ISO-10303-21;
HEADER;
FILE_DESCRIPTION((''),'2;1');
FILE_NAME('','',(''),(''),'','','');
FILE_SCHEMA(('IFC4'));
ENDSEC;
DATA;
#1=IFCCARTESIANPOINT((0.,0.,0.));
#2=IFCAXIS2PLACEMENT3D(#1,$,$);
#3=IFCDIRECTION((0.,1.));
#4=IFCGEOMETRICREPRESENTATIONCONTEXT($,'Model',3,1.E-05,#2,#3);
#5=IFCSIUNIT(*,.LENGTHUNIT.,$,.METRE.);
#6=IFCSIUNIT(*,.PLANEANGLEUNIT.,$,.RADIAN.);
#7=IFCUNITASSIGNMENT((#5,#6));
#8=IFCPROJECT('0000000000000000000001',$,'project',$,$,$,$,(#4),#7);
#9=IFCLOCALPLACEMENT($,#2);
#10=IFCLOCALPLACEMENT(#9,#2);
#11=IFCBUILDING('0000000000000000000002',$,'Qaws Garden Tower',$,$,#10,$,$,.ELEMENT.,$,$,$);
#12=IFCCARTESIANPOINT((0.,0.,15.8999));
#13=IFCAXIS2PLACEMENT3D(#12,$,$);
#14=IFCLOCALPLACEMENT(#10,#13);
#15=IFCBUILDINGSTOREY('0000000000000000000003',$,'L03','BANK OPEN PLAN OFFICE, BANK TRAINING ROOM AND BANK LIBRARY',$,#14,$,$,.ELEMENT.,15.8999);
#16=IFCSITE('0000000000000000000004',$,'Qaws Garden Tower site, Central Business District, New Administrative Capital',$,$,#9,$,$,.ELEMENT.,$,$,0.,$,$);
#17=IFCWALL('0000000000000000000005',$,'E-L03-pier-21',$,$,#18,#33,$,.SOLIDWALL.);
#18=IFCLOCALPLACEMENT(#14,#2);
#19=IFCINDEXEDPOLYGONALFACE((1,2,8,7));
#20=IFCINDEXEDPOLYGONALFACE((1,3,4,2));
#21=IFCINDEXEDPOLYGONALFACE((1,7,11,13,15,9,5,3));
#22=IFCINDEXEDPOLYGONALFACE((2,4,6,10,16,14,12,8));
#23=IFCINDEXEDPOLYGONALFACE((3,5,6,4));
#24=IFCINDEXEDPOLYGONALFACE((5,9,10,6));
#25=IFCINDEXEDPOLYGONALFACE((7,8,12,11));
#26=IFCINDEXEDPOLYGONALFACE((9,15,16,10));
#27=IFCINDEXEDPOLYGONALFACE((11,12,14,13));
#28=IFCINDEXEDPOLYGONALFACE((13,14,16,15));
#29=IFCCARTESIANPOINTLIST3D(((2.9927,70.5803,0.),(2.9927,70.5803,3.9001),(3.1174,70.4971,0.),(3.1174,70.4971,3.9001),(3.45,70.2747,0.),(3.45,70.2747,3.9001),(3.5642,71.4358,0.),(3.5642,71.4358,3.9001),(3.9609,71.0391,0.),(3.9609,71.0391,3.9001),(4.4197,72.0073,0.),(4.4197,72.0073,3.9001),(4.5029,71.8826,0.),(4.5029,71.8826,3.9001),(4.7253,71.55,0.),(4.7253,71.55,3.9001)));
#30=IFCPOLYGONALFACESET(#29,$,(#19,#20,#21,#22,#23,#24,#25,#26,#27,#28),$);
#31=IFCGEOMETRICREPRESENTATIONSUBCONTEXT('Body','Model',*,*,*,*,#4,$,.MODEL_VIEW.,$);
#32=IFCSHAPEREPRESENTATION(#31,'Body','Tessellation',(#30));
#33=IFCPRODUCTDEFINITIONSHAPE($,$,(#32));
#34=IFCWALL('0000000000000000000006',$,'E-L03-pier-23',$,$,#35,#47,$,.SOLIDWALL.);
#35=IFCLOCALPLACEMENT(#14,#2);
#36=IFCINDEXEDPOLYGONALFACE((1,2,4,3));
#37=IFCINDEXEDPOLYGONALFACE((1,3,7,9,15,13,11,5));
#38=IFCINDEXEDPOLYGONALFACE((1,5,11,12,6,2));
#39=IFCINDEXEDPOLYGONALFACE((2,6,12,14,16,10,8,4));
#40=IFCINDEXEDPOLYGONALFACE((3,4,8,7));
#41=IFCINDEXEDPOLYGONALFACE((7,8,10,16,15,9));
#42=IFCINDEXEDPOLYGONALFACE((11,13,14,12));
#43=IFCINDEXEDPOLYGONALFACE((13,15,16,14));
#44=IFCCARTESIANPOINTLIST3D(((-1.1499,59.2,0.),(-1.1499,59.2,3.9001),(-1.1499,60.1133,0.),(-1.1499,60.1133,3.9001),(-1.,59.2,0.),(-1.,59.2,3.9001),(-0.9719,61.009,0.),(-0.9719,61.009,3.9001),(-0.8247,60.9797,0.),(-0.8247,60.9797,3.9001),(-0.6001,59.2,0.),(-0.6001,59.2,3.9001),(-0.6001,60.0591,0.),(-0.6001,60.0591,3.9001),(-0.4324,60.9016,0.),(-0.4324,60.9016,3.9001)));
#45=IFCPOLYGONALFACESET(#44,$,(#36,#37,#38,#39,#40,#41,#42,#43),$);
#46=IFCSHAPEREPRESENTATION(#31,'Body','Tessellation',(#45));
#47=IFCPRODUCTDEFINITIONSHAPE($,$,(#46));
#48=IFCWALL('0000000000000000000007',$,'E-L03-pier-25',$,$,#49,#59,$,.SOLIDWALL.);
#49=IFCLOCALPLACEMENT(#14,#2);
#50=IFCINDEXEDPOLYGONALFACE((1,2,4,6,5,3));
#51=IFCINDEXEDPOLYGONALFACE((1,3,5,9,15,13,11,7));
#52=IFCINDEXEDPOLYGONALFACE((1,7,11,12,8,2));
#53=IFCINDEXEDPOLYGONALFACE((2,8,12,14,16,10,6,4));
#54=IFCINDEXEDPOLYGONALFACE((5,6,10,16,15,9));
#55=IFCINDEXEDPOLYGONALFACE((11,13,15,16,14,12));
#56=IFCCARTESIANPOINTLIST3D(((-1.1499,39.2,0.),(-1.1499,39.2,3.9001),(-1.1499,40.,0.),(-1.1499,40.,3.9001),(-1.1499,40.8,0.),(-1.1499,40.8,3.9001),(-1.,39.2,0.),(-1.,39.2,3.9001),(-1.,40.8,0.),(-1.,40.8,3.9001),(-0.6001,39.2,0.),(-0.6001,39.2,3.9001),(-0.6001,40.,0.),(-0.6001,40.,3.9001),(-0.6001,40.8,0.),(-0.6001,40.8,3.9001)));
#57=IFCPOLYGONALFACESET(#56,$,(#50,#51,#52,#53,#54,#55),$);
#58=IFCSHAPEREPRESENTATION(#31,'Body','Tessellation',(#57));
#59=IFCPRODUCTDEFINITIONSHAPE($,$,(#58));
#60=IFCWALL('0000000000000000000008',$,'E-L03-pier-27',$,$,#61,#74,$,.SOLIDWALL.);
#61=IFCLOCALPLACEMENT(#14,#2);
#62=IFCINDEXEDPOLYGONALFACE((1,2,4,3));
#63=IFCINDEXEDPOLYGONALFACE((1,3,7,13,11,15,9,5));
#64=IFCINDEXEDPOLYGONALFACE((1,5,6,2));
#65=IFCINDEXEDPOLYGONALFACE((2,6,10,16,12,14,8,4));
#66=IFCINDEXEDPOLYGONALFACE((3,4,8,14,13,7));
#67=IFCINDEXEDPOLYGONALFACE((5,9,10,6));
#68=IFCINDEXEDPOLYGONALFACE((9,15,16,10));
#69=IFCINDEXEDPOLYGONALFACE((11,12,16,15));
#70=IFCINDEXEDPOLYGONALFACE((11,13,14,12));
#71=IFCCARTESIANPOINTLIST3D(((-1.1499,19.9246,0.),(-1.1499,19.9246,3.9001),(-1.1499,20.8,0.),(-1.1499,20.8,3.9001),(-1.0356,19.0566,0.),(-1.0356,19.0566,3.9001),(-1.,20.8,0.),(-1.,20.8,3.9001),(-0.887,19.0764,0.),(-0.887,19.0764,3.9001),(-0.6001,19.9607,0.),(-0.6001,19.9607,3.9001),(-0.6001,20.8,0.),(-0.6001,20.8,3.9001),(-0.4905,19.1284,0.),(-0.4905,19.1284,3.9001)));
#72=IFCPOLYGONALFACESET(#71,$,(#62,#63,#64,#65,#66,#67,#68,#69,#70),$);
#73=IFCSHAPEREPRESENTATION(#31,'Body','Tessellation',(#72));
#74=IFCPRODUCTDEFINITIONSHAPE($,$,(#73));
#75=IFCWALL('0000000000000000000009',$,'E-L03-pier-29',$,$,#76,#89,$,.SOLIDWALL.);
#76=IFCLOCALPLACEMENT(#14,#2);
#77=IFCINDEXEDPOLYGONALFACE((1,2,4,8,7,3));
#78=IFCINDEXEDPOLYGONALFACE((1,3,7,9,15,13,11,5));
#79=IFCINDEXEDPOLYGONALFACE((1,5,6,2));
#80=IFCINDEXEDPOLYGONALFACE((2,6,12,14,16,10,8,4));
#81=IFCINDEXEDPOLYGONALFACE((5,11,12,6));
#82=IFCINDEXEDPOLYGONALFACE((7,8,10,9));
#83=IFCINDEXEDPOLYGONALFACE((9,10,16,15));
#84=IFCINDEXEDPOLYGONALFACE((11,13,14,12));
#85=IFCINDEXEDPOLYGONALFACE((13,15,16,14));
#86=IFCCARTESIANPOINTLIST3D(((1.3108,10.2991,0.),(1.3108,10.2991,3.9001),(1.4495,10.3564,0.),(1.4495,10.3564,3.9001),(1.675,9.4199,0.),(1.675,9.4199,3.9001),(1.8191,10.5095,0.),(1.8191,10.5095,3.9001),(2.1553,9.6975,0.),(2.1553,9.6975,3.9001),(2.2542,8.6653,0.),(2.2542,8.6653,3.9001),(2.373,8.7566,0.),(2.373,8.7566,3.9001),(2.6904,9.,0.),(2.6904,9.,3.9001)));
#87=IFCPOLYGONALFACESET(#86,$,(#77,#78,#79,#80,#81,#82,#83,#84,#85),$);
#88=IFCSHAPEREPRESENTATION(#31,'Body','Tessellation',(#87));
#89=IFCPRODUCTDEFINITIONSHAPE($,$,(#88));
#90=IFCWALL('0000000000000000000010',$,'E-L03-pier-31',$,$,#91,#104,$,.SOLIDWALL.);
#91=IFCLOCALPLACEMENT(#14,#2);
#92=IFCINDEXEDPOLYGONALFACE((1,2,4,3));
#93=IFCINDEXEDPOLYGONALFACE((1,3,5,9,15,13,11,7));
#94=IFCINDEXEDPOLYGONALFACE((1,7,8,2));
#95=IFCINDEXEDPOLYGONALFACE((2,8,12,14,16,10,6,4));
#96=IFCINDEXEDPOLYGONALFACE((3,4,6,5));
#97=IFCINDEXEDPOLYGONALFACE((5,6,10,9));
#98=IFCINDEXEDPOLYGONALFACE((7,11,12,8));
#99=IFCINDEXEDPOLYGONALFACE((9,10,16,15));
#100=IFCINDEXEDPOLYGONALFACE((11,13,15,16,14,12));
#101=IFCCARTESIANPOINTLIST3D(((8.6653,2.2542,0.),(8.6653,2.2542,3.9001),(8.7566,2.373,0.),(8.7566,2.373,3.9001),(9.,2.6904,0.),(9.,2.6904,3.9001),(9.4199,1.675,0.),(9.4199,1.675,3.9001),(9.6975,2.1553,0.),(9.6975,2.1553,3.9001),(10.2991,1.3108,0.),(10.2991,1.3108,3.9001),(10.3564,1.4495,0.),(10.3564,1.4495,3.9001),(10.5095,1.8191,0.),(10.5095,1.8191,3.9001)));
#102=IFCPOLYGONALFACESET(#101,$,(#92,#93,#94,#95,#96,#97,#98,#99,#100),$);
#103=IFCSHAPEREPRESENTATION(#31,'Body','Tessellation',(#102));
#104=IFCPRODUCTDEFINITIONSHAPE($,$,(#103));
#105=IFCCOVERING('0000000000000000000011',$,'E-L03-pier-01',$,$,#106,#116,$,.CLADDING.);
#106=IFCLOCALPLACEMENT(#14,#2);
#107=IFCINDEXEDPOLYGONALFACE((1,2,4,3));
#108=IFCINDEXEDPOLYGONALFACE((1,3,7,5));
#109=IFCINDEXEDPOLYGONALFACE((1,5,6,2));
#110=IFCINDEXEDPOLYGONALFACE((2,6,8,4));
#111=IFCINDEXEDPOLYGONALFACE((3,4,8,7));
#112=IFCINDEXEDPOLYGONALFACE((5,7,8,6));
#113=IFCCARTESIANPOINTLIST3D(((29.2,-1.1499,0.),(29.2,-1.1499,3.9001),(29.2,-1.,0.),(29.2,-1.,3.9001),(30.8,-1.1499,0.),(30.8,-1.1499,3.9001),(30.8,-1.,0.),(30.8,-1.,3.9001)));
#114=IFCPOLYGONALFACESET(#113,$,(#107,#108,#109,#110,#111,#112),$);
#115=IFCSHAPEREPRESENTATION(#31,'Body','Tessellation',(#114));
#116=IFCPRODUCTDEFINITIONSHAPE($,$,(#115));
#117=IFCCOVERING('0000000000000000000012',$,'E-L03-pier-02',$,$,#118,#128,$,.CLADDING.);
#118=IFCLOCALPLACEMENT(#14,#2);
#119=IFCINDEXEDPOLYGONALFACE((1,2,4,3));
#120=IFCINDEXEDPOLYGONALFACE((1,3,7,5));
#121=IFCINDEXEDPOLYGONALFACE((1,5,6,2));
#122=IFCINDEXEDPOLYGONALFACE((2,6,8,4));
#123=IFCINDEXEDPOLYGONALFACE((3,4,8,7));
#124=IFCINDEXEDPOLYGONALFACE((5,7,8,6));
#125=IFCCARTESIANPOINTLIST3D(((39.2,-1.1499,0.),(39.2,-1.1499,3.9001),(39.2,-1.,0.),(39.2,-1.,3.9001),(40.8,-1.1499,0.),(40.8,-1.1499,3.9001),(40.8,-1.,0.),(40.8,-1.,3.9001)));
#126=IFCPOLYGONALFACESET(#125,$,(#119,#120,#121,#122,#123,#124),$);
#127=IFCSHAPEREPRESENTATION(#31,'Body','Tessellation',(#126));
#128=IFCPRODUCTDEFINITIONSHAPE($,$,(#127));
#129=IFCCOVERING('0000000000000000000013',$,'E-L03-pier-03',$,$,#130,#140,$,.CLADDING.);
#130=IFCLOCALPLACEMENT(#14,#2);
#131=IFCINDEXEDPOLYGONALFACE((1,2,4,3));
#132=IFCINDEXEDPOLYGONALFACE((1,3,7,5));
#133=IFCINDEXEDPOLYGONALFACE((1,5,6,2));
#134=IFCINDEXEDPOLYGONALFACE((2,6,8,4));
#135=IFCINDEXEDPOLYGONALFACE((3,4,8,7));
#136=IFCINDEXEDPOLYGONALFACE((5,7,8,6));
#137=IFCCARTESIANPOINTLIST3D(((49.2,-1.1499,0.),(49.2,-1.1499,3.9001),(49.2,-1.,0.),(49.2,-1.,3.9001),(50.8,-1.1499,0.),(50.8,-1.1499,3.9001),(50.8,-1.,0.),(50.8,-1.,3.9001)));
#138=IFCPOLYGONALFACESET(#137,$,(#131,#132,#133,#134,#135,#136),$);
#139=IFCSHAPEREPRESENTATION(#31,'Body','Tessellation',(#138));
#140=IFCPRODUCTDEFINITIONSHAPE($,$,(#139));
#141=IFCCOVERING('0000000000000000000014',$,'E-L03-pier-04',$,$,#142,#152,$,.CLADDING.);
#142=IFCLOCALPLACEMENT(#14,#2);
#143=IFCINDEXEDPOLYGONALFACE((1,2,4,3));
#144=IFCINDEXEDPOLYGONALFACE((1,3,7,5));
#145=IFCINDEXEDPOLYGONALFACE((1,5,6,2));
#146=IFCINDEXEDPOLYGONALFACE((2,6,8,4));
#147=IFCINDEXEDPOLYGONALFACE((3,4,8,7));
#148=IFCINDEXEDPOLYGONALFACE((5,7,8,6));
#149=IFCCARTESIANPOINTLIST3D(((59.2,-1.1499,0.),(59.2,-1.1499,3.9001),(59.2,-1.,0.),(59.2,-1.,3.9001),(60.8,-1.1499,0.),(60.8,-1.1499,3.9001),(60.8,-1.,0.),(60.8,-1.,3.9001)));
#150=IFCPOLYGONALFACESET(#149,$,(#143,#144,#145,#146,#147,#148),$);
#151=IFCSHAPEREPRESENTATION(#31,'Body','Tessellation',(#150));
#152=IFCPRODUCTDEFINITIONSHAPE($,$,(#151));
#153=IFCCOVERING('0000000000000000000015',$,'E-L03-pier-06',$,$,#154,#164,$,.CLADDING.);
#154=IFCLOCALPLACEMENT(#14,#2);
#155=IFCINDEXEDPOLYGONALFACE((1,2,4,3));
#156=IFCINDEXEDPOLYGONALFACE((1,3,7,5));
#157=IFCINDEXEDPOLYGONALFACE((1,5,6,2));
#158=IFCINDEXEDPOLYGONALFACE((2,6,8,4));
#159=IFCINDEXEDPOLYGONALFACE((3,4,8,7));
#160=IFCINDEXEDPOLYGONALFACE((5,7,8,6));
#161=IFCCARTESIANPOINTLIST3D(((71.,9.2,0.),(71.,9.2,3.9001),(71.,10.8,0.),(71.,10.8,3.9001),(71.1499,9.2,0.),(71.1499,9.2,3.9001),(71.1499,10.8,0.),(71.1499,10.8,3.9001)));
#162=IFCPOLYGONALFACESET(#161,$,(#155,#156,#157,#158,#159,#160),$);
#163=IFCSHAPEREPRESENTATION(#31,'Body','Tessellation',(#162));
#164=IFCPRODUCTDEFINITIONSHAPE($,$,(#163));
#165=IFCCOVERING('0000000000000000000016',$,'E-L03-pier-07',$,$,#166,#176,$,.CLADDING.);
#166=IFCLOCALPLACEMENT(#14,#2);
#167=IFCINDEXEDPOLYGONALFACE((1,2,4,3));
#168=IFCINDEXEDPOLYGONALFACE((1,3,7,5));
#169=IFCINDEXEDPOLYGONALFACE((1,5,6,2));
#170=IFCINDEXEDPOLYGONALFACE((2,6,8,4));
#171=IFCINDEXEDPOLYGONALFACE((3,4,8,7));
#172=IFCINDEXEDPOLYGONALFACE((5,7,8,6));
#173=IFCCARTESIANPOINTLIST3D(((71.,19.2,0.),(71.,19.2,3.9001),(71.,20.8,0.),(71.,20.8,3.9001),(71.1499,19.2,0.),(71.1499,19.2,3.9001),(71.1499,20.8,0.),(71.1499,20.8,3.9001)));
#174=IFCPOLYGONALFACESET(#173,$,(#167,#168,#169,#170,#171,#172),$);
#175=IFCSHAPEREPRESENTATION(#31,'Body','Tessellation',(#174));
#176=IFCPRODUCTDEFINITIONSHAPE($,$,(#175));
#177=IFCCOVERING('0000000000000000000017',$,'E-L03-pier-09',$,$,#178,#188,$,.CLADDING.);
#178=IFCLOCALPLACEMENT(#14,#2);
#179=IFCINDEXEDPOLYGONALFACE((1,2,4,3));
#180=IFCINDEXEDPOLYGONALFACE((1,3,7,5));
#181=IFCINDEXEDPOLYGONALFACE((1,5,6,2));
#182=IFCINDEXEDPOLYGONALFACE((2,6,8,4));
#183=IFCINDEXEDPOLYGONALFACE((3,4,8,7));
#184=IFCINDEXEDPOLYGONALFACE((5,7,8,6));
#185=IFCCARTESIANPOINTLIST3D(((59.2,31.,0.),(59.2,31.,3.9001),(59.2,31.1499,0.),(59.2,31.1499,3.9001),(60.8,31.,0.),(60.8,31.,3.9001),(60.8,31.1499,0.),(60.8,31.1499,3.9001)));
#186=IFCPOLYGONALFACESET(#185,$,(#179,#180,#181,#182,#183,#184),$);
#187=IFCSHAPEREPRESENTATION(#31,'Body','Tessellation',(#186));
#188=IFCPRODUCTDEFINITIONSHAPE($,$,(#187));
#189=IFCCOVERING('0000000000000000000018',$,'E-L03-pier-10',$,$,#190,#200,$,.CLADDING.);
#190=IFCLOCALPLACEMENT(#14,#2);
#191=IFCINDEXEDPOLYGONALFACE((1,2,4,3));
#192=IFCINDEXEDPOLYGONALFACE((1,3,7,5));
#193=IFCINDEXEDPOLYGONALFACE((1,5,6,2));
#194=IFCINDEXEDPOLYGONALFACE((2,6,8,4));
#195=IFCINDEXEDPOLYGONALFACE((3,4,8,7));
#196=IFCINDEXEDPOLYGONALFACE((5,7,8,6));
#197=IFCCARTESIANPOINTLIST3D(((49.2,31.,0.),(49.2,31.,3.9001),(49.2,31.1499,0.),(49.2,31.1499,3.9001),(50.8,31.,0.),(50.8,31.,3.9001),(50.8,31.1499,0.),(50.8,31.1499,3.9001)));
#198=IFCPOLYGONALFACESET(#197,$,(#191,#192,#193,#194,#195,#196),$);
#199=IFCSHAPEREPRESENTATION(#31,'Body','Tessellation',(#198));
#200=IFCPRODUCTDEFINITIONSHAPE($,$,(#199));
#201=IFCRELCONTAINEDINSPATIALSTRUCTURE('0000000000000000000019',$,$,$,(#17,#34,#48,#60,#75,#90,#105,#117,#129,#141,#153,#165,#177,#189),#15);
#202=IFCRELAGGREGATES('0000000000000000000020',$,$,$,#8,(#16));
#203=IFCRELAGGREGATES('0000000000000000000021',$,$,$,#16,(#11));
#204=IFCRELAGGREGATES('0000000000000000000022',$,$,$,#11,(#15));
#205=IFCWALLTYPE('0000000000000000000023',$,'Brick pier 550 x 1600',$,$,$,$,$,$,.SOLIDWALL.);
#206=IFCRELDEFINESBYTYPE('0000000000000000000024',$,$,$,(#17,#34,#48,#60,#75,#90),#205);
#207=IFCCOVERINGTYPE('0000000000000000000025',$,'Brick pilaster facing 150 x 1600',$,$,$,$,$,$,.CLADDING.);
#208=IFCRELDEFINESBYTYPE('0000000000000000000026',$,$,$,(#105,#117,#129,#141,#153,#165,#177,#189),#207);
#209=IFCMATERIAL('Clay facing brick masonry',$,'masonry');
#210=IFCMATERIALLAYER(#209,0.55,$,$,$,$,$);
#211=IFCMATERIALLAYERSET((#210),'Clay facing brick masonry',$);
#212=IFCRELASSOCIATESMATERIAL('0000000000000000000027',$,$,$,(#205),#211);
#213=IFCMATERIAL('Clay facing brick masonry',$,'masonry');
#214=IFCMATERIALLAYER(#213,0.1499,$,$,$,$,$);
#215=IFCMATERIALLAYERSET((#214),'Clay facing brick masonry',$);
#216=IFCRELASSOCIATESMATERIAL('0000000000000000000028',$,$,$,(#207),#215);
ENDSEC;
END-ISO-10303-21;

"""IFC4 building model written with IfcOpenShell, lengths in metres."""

from ifc_helpers import new_model, si_unit, direction, frame, origin, place, context, subcontext, project, spatial, polyline, outline, extrude, material, layer, layer_set, type_object, element, save


model = new_model("IFC4")

# Units and contexts
model_context = context("Model", 3, precision=1e-05, world=origin(), true_north=direction((0.0, 1.0)))
body_context = subcontext(model_context, "Body", "Model", "MODEL_VIEW")
ifc_project = project(units=[si_unit("LENGTHUNIT", "METRE"), si_unit("PLANEANGLEUNIT", "RADIAN")], contexts=[model_context])

# Site, building, storey
site_placement = place(None, origin())
site = spatial("IfcSite", under=ifc_project, at=site_placement, Name="Qaws Garden Tower site, Central Business District, New Administrative Capital", CompositionType="ELEMENT", RefElevation=0.0)
building_placement = place(site_placement, origin())
building = spatial("IfcBuilding", under=site, at=building_placement, Name="Qaws Garden Tower", CompositionType="ELEMENT")
storey_placement = place(building_placement, frame((0.0, 0.0, 15.8999)))
storey = spatial("IfcBuildingStorey", under=building, at=storey_placement, Name="L03", Description="BANK OPEN PLAN OFFICE, BANK TRAINING ROOM AND BANK LIBRARY", CompositionType="ELEMENT", Elevation=15.8999)

# Walls
placement = place(storey_placement, origin())
ifc_material_1 = material(Name="Clay facing brick masonry", Category="masonry")
ifc_layer_1 = layer(ifc_material_1, 0.55)
ifc_layer_set_1 = layer_set([ifc_layer_1], Name="Clay facing brick masonry")
wall_type_1 = type_object("IfcWallType", Name="Brick pier 550 x 1600", PredefinedType="SOLIDWALL", material=ifc_layer_set_1)
element("IfcWall", 1, at=placement, inside=storey, type_object=wall_type_1, Name="E-L03-pier-21", PredefinedType="SOLIDWALL", context=body_context, shape_type="SweptSolid", body=[
    extrude(outline(polyline([(4.5029, 71.8826), (4.4197, 72.0073), (3.5642, 71.4358), (2.9927, 70.5803), (3.1174, 70.4971), (3.45, 70.2747), (3.9609, 71.0391), (4.7253, 71.55), (4.5029, 71.8826)])), origin(), (0.0, 0.0, 1.0), 3.9001),
])
element("IfcWall", 2, at=placement, inside=storey, type_object=wall_type_1, Name="E-L03-pier-23", PredefinedType="SOLIDWALL", context=body_context, shape_type="SweptSolid", body=[
    extrude(outline(polyline([(-0.8247, 60.9797), (-0.9719, 61.009), (-1.1499, 60.1133), (-1.1499, 59.2), (-1.0, 59.2), (-0.6001, 59.2), (-0.6001, 60.0591), (-0.4324, 60.9016), (-0.8247, 60.9797)])), origin(), (0.0, 0.0, 1.0), 3.9001),
])
element("IfcWall", 3, at=placement, inside=storey, type_object=wall_type_1, Name="E-L03-pier-25", PredefinedType="SOLIDWALL", context=body_context, shape_type="SweptSolid", body=[
    extrude(outline(polyline([(-1.0, 40.8), (-1.1499, 40.8), (-1.1499, 40.0), (-1.1499, 39.2), (-1.0, 39.2), (-0.6001, 39.2), (-0.6001, 40.0), (-0.6001, 40.8), (-1.0, 40.8)])), origin(), (0.0, 0.0, 1.0), 3.9001),
])
element("IfcWall", 4, at=placement, inside=storey, type_object=wall_type_1, Name="E-L03-pier-27", PredefinedType="SOLIDWALL", context=body_context, shape_type="SweptSolid", body=[
    extrude(outline(polyline([(-1.0, 20.8), (-1.1499, 20.8), (-1.1499, 19.9246), (-1.0356, 19.0566), (-0.887, 19.0764), (-0.4905, 19.1284), (-0.6001, 19.9607), (-0.6001, 20.8), (-1.0, 20.8)])), origin(), (0.0, 0.0, 1.0), 3.9001),
])
element("IfcWall", 5, at=placement, inside=storey, type_object=wall_type_1, Name="E-L03-pier-29", PredefinedType="SOLIDWALL", context=body_context, shape_type="SweptSolid", body=[
    extrude(outline(polyline([(1.4495, 10.3564), (1.3108, 10.2991), (1.675, 9.4199), (2.2542, 8.6653), (2.373, 8.7566), (2.6904, 9.0), (2.1553, 9.6975), (1.8191, 10.5095), (1.4495, 10.3564)])), origin(), (0.0, 0.0, 1.0), 3.9001),
])
element("IfcWall", 6, at=placement, inside=storey, type_object=wall_type_1, Name="E-L03-pier-31", PredefinedType="SOLIDWALL", context=body_context, shape_type="SweptSolid", body=[
    extrude(outline(polyline([(8.7566, 2.373), (8.6653, 2.2542), (9.4199, 1.675), (10.2991, 1.3108), (10.3564, 1.4495), (10.5095, 1.8191), (9.6975, 2.1553), (9.0, 2.6904), (8.7566, 2.373)])), origin(), (0.0, 0.0, 1.0), 3.9001),
])

# Coverings
ifc_material_2 = material(Name="Clay facing brick masonry", Category="masonry")
ifc_layer_2 = layer(ifc_material_2, 0.1499)
ifc_layer_set_2 = layer_set([ifc_layer_2], Name="Clay facing brick masonry")
covering_type = type_object("IfcCoveringType", Name="Brick pilaster facing 150 x 1600", PredefinedType="CLADDING", material=ifc_layer_set_2)
element("IfcCovering", 7, at=placement, inside=storey, type_object=covering_type, Name="E-L03-pier-01", PredefinedType="CLADDING", context=body_context, shape_type="SweptSolid", body=[
    extrude(outline(polyline([(29.2, -1.0), (30.8, -1.0), (30.8, -1.1499), (29.2, -1.1499), (29.2, -1.0)])), origin(), (0.0, 0.0, 1.0), 3.9001),
])
element("IfcCovering", 8, at=placement, inside=storey, type_object=covering_type, Name="E-L03-pier-02", PredefinedType="CLADDING", context=body_context, shape_type="SweptSolid", body=[
    extrude(outline(polyline([(39.2, -1.0), (40.8, -1.0), (40.8, -1.1499), (39.2, -1.1499), (39.2, -1.0)])), origin(), (0.0, 0.0, 1.0), 3.9001),
])
element("IfcCovering", 9, at=placement, inside=storey, type_object=covering_type, Name="E-L03-pier-03", PredefinedType="CLADDING", context=body_context, shape_type="SweptSolid", body=[
    extrude(outline(polyline([(49.2, -1.0), (50.8, -1.0), (50.8, -1.1499), (49.2, -1.1499), (49.2, -1.0)])), origin(), (0.0, 0.0, 1.0), 3.9001),
])
element("IfcCovering", 10, at=placement, inside=storey, type_object=covering_type, Name="E-L03-pier-04", PredefinedType="CLADDING", context=body_context, shape_type="SweptSolid", body=[
    extrude(outline(polyline([(59.2, -1.0), (60.8, -1.0), (60.8, -1.1499), (59.2, -1.1499), (59.2, -1.0)])), origin(), (0.0, 0.0, 1.0), 3.9001),
])
element("IfcCovering", 11, at=placement, inside=storey, type_object=covering_type, Name="E-L03-pier-06", PredefinedType="CLADDING", context=body_context, shape_type="SweptSolid", body=[
    extrude(outline(polyline([(71.0, 9.2), (71.0, 10.8), (71.1499, 10.8), (71.1499, 9.2), (71.0, 9.2)])), origin(), (0.0, 0.0, 1.0), 3.9001),
])
element("IfcCovering", 12, at=placement, inside=storey, type_object=covering_type, Name="E-L03-pier-07", PredefinedType="CLADDING", context=body_context, shape_type="SweptSolid", body=[
    extrude(outline(polyline([(71.0, 19.2), (71.0, 20.8), (71.1499, 20.8), (71.1499, 19.2), (71.0, 19.2)])), origin(), (0.0, 0.0, 1.0), 3.9001),
])
element("IfcCovering", 13, at=placement, inside=storey, type_object=covering_type, Name="E-L03-pier-09", PredefinedType="CLADDING", context=body_context, shape_type="SweptSolid", body=[
    extrude(outline(polyline([(60.8, 31.0), (59.2, 31.0), (59.2, 31.1499), (60.8, 31.1499), (60.8, 31.0)])), origin(), (0.0, 0.0, 1.0), 3.9001),
])
element("IfcCovering", 14, at=placement, inside=storey, type_object=covering_type, Name="E-L03-pier-10", PredefinedType="CLADDING", context=body_context, shape_type="SweptSolid", body=[
    extrude(outline(polyline([(50.8, 31.0), (49.2, 31.0), (49.2, 31.1499), (50.8, 31.1499), (50.8, 31.0)])), origin(), (0.0, 0.0, 1.0), 3.9001),
])

save(model, "model.ifc")
